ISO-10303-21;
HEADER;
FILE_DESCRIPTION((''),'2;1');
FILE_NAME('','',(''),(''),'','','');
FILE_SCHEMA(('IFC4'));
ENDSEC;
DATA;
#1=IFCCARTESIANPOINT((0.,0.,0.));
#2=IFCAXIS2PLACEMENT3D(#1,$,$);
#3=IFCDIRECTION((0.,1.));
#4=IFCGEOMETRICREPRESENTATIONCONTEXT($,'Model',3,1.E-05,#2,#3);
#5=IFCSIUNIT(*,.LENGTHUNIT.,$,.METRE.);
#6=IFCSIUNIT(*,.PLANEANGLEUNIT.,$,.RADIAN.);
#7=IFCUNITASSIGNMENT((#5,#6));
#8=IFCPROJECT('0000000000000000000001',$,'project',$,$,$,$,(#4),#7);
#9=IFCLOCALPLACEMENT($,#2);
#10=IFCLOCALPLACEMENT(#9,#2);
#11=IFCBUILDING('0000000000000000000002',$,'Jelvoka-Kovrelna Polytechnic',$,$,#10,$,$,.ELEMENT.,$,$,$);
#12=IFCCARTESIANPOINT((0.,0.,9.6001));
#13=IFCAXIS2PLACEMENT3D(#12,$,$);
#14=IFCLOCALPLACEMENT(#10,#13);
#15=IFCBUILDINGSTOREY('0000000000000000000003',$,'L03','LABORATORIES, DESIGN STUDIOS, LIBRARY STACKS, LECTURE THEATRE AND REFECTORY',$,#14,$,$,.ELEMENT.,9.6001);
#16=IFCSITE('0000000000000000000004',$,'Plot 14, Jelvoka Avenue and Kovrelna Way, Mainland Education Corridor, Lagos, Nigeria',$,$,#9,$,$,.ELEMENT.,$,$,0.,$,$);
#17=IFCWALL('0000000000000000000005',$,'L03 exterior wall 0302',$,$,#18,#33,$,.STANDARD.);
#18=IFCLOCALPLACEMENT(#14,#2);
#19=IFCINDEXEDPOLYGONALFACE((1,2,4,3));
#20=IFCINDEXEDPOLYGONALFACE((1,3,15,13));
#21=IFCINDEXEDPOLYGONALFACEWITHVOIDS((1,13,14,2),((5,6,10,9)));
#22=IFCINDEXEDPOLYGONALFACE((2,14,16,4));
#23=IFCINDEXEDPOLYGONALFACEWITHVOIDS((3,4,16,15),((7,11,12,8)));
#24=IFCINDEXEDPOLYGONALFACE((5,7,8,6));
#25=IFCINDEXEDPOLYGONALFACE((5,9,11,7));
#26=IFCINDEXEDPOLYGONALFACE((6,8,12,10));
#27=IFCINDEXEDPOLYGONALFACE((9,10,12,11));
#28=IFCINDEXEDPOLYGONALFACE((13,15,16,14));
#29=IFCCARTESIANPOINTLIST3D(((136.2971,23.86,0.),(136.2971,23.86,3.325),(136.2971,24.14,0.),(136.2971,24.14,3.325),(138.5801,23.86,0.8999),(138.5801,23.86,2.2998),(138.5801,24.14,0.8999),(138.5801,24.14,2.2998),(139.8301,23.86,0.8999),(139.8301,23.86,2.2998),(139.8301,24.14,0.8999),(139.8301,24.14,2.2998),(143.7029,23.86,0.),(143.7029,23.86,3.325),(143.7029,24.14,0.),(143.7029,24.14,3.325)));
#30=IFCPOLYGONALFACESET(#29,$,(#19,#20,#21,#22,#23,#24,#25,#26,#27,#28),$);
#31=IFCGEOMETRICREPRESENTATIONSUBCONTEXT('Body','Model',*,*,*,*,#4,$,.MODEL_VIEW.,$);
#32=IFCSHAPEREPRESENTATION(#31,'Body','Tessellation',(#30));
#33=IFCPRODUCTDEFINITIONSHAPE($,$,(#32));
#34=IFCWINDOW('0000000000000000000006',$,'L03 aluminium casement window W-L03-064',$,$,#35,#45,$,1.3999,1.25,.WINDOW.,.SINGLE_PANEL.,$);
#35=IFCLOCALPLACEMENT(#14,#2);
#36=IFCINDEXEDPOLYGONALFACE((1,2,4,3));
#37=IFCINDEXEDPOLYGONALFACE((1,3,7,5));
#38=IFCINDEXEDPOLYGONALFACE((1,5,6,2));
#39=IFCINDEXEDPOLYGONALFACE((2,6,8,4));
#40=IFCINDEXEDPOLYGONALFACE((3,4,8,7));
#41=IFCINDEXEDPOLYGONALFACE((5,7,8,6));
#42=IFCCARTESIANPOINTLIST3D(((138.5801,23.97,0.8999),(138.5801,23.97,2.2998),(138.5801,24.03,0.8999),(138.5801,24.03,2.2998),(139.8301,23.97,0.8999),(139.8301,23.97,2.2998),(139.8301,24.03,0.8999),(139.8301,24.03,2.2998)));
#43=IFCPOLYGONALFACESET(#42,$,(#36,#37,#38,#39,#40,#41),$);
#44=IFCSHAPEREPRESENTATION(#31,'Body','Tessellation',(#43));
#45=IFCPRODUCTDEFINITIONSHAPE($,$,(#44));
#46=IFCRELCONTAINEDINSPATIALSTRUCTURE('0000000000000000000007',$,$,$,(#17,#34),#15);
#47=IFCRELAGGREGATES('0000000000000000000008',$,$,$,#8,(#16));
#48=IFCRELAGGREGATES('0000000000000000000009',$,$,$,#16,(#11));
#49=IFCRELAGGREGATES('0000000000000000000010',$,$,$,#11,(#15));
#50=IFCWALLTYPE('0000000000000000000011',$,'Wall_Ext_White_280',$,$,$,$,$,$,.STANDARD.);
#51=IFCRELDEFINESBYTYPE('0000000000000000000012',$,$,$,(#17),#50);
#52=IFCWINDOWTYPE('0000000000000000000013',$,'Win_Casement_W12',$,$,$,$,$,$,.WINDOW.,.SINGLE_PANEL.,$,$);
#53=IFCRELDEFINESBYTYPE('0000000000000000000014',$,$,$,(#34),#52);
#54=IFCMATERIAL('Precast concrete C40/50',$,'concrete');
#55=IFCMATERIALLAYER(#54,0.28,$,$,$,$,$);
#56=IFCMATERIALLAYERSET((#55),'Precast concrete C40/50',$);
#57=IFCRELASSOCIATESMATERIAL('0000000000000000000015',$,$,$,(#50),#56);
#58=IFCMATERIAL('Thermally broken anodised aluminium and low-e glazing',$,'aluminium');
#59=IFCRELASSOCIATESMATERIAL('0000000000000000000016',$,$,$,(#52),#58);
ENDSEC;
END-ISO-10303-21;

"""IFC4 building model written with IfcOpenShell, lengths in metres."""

from ifc_helpers import new_model, si_unit, direction, frame, frame_2d, origin, place, context, subcontext, project, spatial, rectangle, extrude, material, layer, layer_set, type_object, element, fill, save


model = new_model("IFC4")

# Units and contexts
model_context = context("Model", 3, precision=1e-05, world=origin(), true_north=direction((0.0, 1.0)))
body_context = subcontext(model_context, "Body", "Model", "MODEL_VIEW")
ifc_project = project(units=[si_unit("LENGTHUNIT", "METRE"), si_unit("PLANEANGLEUNIT", "RADIAN")], contexts=[model_context])

# Site, building, storey
site_placement = place(None, origin())
site = spatial("IfcSite", under=ifc_project, at=site_placement, Name="Plot 14, Jelvoka Avenue and Kovrelna Way, Mainland Education Corridor, Lagos, Nigeria", CompositionType="ELEMENT", RefElevation=0.0)
building_placement = place(site_placement, origin())
building = spatial("IfcBuilding", under=site, at=building_placement, Name="Jelvoka-Kovrelna Polytechnic", CompositionType="ELEMENT")
storey_placement = place(building_placement, frame((0.0, 0.0, 9.6001)))
storey = spatial("IfcBuildingStorey", under=building, at=storey_placement, Name="L03", Description="LABORATORIES, DESIGN STUDIOS, LIBRARY STACKS, LECTURE THEATRE AND REFECTORY", CompositionType="ELEMENT", Elevation=9.6001)

# Wall, opening, window
ifc_material_1 = material(Name="Precast concrete C40/50", Category="concrete")
ifc_layer = layer(ifc_material_1, 0.28)
ifc_layer_set = layer_set([ifc_layer], Name="Precast concrete C40/50")
wall_type = type_object("IfcWallType", Name="Wall_Ext_White_280", PredefinedType="STANDARD", material=ifc_layer_set)
wall_1_placement = place(storey_placement, frame((136.2971, 24.0, 0.0), z_axis=(0.0, 0.0, 1.0), x_axis=(1.0, 0.0, 0.0)))
wall_1 = element("IfcWall", 1, at=wall_1_placement, inside=storey, type_object=wall_type, Name="L03 exterior wall 0302", PredefinedType="STANDARD", context=body_context, shape_type="SweptSolid", body=[
    extrude(rectangle(XDim=7.4058, YDim=0.28, at=frame_2d((3.7029, 0.0))), origin(), (0.0, 0.0, 1.0), 3.325),
])
opening_1_placement = place(wall_1_placement, frame((2.283, 0.0, 0.8999)))
opening_1 = element("IfcOpeningElement", 2, at=opening_1_placement, cuts=wall_1, PredefinedType="OPENING", context=body_context, shape_type="SweptSolid", body=[
    extrude(rectangle(XDim=1.25, YDim=1.3999, at=frame_2d((0.625, 0.7))), frame((0.0, 0.1501, 0.0), z_axis=(0.0, -1.0, 0.0), x_axis=(1.0, 0.0, 0.0)), (0.0, 0.0, 1.0), 0.3),
])
ifc_material_2 = material(Name="Thermally broken anodised aluminium and low-e glazing", Category="aluminium")
window_type_1 = type_object("IfcWindowType", Name="Win_Casement_W12", PartitioningType="SINGLE_PANEL", PredefinedType="WINDOW", material=ifc_material_2)
window_1_placement = place(opening_1_placement, origin())
window_1 = element("IfcWindow", 3, at=window_1_placement, inside=storey, type_object=window_type_1, Name="L03 aluminium casement window W-L03-064", OverallHeight=1.3999, OverallWidth=1.25, PartitioningType="SINGLE_PANEL", PredefinedType="WINDOW", context=body_context, shape_type="SweptSolid", body=[
    extrude(rectangle(XDim=1.25, YDim=1.3999, at=frame_2d((0.625, 0.7))), frame((0.0, 0.03, 0.0), z_axis=(0.0, -1.0, 0.0), x_axis=(1.0, 0.0, 0.0)), (0.0, 0.0, 1.0), 0.0601),
])
fill(opening_1, window_1)

save(model, "model.ifc")
